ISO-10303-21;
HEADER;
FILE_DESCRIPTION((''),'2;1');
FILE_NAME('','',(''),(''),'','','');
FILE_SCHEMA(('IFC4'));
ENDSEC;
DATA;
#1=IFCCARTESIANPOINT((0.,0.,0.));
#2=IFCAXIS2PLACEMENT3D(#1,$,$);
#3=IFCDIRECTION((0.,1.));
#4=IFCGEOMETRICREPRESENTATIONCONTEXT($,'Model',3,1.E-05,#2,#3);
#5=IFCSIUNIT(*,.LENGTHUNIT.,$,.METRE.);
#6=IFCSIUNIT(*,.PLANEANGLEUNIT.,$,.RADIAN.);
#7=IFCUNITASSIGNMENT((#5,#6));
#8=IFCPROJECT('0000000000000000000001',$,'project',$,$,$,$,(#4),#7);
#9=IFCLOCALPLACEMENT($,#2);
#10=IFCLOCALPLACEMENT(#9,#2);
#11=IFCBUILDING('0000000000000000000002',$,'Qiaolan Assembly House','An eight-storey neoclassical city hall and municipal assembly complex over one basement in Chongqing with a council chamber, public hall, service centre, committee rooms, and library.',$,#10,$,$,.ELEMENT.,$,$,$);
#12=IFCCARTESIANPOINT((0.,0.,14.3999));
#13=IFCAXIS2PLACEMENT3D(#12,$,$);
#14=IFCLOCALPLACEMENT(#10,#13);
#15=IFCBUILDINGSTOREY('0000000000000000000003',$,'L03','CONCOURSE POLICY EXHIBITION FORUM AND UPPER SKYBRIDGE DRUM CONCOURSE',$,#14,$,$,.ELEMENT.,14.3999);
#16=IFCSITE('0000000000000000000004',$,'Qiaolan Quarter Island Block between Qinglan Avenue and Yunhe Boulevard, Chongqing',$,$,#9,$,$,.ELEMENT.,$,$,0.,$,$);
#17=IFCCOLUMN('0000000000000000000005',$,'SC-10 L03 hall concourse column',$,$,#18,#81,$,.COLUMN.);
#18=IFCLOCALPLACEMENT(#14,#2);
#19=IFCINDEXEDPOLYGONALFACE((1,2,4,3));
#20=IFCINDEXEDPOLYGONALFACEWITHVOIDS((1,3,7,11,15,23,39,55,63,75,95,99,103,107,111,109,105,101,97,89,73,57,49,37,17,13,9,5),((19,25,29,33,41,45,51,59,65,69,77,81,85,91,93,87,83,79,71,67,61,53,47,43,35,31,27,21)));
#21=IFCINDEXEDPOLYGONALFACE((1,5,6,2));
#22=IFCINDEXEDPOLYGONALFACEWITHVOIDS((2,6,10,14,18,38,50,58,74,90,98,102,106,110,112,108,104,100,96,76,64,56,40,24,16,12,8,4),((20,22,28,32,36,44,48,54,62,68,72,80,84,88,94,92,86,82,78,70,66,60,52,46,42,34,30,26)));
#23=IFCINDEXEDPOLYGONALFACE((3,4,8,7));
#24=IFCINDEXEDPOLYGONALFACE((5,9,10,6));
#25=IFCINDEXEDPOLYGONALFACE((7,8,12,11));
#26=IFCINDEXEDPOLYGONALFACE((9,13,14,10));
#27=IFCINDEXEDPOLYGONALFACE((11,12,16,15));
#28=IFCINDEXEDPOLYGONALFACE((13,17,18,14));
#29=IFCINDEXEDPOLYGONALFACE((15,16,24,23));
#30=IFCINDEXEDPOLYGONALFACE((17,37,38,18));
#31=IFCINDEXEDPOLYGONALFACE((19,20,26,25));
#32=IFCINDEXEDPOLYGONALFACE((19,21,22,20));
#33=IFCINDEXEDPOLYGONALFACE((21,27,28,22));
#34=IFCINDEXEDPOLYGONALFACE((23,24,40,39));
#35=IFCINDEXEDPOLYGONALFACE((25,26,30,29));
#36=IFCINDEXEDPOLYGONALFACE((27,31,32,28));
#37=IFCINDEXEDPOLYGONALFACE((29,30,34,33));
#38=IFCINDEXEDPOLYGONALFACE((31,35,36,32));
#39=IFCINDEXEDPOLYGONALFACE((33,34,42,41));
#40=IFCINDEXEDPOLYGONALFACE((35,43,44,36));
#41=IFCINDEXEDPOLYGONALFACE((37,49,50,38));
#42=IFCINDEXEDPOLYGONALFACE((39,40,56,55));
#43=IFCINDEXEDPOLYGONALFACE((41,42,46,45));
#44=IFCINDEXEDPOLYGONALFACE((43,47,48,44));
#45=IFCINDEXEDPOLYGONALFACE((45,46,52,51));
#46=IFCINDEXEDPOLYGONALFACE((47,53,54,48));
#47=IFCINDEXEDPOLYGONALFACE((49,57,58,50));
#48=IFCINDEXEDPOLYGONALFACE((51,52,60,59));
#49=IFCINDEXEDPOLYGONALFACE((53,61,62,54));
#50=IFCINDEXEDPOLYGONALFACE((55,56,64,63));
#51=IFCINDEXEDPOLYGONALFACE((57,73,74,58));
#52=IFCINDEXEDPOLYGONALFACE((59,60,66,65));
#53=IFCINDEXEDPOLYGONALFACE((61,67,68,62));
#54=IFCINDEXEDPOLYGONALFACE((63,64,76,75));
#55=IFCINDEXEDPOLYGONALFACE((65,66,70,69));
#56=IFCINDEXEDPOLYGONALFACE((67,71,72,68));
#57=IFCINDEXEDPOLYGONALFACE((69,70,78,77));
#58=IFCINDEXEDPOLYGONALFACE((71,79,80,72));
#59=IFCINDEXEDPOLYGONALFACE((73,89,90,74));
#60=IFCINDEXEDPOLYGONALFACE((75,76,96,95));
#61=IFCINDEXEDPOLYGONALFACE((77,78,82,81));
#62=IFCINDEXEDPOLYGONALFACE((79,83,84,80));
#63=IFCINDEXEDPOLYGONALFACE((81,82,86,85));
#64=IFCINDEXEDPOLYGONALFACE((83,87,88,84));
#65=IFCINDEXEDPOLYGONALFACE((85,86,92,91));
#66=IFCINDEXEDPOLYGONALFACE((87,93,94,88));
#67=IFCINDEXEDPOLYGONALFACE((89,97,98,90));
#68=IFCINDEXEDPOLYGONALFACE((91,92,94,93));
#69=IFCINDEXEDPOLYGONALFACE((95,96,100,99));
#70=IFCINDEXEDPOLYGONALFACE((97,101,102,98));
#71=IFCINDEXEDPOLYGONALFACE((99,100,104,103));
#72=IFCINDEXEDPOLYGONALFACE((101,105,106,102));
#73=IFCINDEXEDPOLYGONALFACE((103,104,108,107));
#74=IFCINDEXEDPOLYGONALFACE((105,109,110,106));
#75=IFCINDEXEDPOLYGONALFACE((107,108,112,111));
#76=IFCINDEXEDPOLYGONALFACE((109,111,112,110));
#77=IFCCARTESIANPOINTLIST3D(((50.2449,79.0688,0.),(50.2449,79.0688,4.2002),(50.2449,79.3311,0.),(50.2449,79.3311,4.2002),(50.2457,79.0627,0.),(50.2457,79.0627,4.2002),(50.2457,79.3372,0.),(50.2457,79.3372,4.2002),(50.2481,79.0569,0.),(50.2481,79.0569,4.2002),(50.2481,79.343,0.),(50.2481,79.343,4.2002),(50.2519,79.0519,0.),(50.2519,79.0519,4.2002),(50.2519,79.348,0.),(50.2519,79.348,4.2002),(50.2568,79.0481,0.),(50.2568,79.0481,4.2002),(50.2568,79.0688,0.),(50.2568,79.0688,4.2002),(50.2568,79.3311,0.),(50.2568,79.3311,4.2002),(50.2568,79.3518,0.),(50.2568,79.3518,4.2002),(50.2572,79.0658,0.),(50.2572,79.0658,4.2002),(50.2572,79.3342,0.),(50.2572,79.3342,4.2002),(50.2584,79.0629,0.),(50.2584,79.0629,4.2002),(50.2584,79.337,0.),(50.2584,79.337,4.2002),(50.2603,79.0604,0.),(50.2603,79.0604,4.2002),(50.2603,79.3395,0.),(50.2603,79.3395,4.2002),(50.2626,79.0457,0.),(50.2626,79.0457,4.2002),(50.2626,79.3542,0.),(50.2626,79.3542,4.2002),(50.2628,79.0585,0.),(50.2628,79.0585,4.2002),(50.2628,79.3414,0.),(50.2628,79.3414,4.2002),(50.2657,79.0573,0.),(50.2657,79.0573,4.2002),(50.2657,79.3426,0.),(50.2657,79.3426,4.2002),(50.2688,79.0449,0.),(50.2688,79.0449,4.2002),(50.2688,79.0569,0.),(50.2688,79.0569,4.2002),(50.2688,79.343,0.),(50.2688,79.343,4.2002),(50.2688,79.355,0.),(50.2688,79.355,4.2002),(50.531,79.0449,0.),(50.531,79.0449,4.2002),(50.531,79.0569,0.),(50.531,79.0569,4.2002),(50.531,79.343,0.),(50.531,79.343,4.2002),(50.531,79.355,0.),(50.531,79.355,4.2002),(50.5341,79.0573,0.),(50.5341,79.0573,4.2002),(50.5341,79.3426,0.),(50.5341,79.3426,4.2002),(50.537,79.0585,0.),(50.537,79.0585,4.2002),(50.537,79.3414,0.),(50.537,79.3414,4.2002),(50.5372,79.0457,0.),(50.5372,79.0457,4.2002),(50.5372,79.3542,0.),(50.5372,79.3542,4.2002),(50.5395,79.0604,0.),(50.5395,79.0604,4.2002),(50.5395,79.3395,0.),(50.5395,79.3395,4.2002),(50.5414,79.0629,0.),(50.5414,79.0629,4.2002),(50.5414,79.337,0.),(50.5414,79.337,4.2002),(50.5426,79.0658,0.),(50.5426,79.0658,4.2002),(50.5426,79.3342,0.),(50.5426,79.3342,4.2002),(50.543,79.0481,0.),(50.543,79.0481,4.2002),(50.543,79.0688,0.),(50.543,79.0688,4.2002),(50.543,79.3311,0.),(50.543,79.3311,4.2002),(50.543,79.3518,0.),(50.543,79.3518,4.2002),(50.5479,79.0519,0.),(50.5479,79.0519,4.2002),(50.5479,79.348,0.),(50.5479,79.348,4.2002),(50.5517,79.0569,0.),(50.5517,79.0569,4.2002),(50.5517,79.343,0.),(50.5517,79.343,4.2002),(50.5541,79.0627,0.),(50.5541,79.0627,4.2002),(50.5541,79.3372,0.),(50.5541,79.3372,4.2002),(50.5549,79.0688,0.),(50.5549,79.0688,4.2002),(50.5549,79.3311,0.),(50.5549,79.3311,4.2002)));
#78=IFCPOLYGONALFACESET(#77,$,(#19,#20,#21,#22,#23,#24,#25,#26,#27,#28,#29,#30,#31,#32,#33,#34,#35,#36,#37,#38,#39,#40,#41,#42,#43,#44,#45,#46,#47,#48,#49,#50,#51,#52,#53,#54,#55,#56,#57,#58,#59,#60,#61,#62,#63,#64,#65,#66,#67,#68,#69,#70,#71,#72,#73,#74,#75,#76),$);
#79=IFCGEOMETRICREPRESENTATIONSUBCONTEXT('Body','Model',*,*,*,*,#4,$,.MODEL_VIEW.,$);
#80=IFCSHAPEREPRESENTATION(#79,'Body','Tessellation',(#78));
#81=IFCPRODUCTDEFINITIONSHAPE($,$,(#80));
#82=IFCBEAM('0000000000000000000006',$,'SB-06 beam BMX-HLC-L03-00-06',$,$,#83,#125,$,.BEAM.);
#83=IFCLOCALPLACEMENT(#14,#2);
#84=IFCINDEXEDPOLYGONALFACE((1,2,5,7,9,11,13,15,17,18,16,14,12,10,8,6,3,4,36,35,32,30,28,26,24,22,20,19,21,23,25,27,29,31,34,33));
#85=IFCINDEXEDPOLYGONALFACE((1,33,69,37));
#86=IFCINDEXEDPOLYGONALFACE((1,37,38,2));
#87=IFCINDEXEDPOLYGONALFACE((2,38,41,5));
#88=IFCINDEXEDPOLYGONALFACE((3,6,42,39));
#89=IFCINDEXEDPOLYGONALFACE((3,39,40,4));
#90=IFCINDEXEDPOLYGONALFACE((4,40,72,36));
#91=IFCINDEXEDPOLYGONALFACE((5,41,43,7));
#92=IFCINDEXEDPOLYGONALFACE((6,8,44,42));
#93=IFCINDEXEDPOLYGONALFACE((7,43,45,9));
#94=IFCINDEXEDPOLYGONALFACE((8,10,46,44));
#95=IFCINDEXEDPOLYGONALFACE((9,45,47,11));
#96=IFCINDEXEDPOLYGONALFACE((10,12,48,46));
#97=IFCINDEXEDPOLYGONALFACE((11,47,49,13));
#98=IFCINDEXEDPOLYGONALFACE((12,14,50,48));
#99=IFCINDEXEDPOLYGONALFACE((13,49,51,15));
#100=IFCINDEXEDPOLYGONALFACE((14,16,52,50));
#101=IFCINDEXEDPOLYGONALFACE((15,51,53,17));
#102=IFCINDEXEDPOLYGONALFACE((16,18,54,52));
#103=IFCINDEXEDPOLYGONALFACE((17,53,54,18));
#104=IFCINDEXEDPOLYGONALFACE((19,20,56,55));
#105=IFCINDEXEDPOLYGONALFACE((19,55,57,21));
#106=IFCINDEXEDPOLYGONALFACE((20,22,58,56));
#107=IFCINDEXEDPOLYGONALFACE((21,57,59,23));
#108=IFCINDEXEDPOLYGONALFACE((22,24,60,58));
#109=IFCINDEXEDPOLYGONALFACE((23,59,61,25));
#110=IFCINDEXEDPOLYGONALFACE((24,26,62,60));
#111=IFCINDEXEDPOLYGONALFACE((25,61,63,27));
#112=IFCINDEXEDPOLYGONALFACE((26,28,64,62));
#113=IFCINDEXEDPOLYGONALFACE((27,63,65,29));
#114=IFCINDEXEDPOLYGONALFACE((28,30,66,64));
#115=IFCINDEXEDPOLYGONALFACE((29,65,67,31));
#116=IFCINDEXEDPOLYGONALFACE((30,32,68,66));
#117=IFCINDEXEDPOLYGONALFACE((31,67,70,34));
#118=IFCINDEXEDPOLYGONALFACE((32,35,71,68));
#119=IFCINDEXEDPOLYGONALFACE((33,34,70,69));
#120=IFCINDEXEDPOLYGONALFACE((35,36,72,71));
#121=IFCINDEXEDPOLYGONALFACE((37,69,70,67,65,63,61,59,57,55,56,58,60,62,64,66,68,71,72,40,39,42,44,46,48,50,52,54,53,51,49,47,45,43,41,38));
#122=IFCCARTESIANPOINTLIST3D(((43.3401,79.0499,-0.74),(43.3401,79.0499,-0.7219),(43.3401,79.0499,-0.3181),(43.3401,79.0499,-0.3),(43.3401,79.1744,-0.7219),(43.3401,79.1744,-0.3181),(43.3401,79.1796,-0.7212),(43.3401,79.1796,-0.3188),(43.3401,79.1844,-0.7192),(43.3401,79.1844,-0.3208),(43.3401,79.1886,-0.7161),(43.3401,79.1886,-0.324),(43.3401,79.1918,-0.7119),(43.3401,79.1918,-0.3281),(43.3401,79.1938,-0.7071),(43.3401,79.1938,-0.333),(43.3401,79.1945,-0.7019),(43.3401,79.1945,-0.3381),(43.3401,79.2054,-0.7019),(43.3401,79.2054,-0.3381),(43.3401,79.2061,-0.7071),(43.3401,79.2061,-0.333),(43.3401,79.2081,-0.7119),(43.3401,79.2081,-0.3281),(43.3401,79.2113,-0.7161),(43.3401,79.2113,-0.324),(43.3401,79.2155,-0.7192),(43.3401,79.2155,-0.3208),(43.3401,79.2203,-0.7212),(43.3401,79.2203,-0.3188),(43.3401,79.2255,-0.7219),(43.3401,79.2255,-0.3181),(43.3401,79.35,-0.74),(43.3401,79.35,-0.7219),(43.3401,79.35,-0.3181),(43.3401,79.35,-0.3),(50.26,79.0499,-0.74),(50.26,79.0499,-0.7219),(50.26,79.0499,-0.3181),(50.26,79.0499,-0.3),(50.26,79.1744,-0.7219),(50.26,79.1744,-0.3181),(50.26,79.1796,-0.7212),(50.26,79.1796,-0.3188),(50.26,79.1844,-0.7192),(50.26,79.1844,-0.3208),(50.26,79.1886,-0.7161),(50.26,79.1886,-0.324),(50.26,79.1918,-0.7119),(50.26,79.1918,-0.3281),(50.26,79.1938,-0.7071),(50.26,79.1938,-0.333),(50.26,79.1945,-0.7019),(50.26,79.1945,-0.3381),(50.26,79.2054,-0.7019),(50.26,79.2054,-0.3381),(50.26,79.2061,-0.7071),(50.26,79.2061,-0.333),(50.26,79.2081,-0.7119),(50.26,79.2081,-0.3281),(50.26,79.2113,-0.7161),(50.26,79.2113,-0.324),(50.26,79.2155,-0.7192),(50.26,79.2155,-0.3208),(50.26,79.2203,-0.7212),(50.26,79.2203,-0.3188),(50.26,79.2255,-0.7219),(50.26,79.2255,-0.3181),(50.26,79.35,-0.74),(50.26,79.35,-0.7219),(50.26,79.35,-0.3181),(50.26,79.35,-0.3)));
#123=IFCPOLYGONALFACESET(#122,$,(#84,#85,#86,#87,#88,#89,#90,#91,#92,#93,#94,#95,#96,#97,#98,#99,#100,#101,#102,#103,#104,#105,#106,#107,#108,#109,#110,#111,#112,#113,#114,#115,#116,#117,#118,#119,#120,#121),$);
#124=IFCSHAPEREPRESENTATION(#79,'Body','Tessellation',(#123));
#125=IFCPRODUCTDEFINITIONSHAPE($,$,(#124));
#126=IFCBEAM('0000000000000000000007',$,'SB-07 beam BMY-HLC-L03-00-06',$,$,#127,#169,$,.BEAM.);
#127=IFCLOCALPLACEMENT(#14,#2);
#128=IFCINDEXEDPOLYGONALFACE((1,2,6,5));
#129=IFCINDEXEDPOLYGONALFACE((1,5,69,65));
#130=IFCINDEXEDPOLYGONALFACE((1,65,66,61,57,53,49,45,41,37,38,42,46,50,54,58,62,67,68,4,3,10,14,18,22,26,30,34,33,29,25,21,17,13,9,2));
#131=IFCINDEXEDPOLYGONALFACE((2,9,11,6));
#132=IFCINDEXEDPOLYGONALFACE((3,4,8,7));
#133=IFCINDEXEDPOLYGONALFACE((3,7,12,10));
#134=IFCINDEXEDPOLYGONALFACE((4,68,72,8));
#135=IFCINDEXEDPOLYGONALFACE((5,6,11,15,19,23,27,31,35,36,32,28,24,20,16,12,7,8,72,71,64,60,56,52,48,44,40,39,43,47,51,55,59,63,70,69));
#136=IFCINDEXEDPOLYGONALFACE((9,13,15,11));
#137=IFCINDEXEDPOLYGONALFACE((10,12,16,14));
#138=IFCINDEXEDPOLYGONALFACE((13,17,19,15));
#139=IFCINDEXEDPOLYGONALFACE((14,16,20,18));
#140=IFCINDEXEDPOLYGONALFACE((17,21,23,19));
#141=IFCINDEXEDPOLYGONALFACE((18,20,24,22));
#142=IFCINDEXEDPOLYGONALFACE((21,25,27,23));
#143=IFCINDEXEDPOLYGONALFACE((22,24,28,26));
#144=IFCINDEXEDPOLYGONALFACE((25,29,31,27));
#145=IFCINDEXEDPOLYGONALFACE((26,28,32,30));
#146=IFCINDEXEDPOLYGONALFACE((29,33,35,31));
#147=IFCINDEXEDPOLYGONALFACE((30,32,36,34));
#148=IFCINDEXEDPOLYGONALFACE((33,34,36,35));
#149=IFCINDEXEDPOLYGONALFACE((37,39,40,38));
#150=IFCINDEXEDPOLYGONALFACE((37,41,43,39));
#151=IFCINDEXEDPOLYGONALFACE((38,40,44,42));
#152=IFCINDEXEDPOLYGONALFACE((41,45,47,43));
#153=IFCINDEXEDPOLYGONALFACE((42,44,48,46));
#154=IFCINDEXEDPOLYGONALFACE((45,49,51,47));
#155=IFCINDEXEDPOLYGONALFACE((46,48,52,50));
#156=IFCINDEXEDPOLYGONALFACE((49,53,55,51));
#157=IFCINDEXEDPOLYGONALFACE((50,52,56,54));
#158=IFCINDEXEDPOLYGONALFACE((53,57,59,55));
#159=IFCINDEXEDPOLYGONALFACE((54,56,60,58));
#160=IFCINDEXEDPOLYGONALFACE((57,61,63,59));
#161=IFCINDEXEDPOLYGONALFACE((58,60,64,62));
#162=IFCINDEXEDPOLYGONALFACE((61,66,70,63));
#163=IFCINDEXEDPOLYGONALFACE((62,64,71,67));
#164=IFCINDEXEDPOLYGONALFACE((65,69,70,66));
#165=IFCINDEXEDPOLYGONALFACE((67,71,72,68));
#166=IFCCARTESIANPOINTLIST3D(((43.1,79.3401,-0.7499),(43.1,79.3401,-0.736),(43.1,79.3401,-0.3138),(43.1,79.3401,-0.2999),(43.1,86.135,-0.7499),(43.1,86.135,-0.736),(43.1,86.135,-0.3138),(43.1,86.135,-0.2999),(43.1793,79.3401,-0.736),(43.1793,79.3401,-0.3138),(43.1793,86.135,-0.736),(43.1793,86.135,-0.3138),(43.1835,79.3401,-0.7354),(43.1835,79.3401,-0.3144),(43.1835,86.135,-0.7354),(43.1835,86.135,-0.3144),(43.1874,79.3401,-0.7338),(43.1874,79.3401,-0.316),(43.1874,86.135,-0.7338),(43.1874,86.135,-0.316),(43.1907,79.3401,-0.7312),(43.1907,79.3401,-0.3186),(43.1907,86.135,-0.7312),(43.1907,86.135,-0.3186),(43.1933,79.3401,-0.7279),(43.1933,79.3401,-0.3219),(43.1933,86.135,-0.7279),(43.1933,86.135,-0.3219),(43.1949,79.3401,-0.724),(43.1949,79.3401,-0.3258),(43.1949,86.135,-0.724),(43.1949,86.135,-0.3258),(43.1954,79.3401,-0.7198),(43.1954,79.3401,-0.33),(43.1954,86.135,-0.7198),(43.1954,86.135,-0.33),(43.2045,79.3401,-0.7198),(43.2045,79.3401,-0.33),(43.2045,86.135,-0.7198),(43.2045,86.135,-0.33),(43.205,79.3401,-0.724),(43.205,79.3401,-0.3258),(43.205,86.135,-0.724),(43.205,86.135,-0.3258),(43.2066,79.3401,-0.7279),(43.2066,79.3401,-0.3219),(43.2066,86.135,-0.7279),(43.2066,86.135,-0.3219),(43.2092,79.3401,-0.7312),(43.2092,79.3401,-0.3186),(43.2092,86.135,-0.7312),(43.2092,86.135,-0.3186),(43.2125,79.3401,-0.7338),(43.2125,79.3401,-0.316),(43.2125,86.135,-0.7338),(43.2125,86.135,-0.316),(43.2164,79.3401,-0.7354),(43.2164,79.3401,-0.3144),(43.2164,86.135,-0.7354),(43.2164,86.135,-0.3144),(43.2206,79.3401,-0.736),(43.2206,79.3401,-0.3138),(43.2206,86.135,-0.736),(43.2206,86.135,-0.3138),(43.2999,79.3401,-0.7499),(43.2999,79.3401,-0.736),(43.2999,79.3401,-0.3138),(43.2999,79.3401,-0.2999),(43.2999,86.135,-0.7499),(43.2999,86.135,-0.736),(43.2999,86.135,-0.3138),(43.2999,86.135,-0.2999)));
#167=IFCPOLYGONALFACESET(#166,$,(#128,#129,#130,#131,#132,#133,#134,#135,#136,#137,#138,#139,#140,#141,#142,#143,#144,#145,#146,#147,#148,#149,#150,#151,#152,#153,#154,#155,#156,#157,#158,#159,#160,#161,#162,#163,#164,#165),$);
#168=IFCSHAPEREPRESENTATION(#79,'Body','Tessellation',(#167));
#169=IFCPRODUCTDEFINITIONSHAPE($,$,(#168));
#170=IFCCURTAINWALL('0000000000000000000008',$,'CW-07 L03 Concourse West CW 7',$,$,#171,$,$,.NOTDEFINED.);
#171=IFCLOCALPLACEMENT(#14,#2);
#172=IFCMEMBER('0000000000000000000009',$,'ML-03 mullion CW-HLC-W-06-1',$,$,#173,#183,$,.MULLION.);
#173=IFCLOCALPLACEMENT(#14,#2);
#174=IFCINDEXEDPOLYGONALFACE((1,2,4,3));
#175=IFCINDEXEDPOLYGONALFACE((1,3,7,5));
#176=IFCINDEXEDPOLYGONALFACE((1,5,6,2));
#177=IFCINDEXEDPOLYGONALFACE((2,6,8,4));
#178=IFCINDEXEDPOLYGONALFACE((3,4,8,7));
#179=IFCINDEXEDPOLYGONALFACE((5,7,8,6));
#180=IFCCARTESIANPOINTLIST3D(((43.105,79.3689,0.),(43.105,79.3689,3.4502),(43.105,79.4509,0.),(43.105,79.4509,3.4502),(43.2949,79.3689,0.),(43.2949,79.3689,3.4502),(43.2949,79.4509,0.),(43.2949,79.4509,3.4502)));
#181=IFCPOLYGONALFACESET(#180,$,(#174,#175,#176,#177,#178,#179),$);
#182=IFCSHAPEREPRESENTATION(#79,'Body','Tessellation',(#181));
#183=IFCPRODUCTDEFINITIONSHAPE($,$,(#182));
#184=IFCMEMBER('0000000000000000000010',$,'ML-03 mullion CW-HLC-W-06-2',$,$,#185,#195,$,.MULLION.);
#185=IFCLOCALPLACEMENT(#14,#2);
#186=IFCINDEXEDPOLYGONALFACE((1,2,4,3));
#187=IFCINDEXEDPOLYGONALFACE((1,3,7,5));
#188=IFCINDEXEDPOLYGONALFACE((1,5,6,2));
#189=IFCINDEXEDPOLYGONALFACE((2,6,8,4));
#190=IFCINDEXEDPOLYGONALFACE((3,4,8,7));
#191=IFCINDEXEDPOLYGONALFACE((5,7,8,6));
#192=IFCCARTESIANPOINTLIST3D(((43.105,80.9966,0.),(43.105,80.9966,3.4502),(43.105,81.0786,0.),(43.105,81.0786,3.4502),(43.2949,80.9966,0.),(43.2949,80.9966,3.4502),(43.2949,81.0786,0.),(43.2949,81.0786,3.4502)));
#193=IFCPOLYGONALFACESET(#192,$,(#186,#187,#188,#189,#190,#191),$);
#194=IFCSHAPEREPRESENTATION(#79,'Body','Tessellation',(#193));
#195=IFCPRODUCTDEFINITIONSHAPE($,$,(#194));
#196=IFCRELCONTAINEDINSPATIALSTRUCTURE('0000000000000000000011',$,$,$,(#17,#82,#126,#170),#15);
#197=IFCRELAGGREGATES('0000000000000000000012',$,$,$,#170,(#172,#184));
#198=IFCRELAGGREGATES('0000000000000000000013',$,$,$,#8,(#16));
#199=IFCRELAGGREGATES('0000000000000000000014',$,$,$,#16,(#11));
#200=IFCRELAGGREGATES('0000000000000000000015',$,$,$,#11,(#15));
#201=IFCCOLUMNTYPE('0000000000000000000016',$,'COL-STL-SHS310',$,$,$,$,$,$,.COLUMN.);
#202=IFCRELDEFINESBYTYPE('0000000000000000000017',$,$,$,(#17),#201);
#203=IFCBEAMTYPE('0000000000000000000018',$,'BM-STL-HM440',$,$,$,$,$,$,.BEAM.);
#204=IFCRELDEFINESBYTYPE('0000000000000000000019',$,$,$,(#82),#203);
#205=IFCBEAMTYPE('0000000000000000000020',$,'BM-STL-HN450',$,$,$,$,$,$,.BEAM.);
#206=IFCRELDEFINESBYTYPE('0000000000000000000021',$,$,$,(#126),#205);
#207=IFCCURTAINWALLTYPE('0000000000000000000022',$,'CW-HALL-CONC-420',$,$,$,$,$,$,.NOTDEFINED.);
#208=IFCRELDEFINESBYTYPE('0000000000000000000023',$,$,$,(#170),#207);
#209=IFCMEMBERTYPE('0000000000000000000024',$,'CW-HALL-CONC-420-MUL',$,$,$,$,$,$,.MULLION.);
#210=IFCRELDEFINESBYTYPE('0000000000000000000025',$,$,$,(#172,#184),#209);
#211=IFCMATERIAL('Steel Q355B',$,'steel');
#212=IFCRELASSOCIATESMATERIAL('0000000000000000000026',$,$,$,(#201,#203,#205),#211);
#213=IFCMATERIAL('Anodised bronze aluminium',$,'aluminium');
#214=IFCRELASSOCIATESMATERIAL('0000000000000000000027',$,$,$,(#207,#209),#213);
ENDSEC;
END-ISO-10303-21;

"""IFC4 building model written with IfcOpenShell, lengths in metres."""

from ifc_helpers import new_model, si_unit, direction, frame, origin, origin_2d, place, context, subcontext, project, spatial, rectangle, hollow_rectangle, i_section, extrude, material, material_profile, profile_set, type_object, element, aggregate, save


model = new_model("IFC4")

# Units and contexts
model_context = context("Model", 3, precision=1e-05, world=origin(), true_north=direction((0.0, 1.0)))
body_context = subcontext(model_context, "Body", "Model", "MODEL_VIEW")
ifc_project = project(units=[si_unit("LENGTHUNIT", "METRE"), si_unit("PLANEANGLEUNIT", "RADIAN")], contexts=[model_context])

# Site, building, storey
site_placement = place(None, origin())
site = spatial("IfcSite", under=ifc_project, at=site_placement, Name="Qiaolan Quarter Island Block between Qinglan Avenue and Yunhe Boulevard, Chongqing", CompositionType="ELEMENT", RefElevation=0.0)
building_placement = place(site_placement, origin())
building = spatial("IfcBuilding", under=site, at=building_placement, Name="Qiaolan Assembly House", Description="An eight-storey neoclassical city hall and municipal assembly complex over one basement in Chongqing with a council chamber, public hall, service centre, committee rooms, and library.", CompositionType="ELEMENT")
storey_placement = place(building_placement, frame((0.0, 0.0, 14.3999)))
storey = spatial("IfcBuildingStorey", under=building, at=storey_placement, Name="L03", Description="CONCOURSE POLICY EXHIBITION FORUM AND UPPER SKYBRIDGE DRUM CONCOURSE", CompositionType="ELEMENT", Elevation=14.3999)

# Column
ifc_material_1 = material(Name="Steel Q355B", Category="steel")
ifc_material_profile_1 = material_profile(ifc_material_1, hollow_rectangle(XDim=0.3101, YDim=0.3101, WallThickness=0.012, InnerFilletRadius=0.012, OuterFilletRadius=0.0239, at=origin_2d()), Name="SHS 310x310x12")
ifc_profile_set_1 = profile_set([ifc_material_profile_1], Name="Steel Q355B")
column_type = type_object("IfcColumnType", Name="COL-STL-SHS310", PredefinedType="COLUMN", material=ifc_profile_set_1)
column_placement = place(storey_placement, frame((50.3999, 79.2, 0.0), z_axis=(0.0, 0.0, 1.0), x_axis=(1.0, 0.0, 0.0)))
element("IfcColumn", 1, at=column_placement, inside=storey, type_object=column_type, Name="SC-10 L03 hall concourse column", PredefinedType="COLUMN", context=body_context, shape_type="SweptSolid", body=[
    extrude(hollow_rectangle(XDim=0.3101, YDim=0.3101, WallThickness=0.012, InnerFilletRadius=0.012, OuterFilletRadius=0.0239, at=origin_2d()), origin(), (0.0, 0.0, 1.0), 4.2002),
])

# Beams
ifc_material_profile_2 = material_profile(ifc_material_1, i_section(OverallWidth=0.3, OverallDepth=0.4399, WebThickness=0.011, FlangeThickness=0.0181, FilletRadius=0.02, at=origin_2d()), Name="HM 440x300x11x18")
ifc_profile_set_2 = profile_set([ifc_material_profile_2], Name="Steel Q355B")
beam_type_1 = type_object("IfcBeamType", Name="BM-STL-HM440", PredefinedType="BEAM", material=ifc_profile_set_2)
beam_1_placement = place(storey_placement, frame((43.3401, 79.2, -0.52), z_axis=(1.0, 0.0, 0.0), x_axis=(0.0, 1.0, 0.0)))
element("IfcBeam", 2, at=beam_1_placement, inside=storey, type_object=beam_type_1, Name="SB-06 beam BMX-HLC-L03-00-06", PredefinedType="BEAM", context=body_context, shape_type="SweptSolid", body=[
    extrude(i_section(OverallWidth=0.3, OverallDepth=0.4399, WebThickness=0.011, FlangeThickness=0.0181, FilletRadius=0.02, at=origin_2d()), origin(), (0.0, 0.0, 1.0), 6.9199),
])
ifc_material_profile_3 = material_profile(ifc_material_1, i_section(OverallWidth=0.2, OverallDepth=0.45, WebThickness=0.009, FlangeThickness=0.0139, FilletRadius=0.0161, at=origin_2d()), Name="HN 450x200x9x14")
ifc_profile_set_3 = profile_set([ifc_material_profile_3], Name="Steel Q355B")
beam_type_2 = type_object("IfcBeamType", Name="BM-STL-HN450", PredefinedType="BEAM", material=ifc_profile_set_3)
beam_2_placement = place(storey_placement, frame((43.2, 79.3401, -0.5249), z_axis=(0.0, 1.0, 0.0), x_axis=(-1.0, 0.0, 0.0)))
element("IfcBeam", 3, at=beam_2_placement, inside=storey, type_object=beam_type_2, Name="SB-07 beam BMY-HLC-L03-00-06", PredefinedType="BEAM", context=body_context, shape_type="SweptSolid", body=[
    extrude(i_section(OverallWidth=0.2, OverallDepth=0.45, WebThickness=0.009, FlangeThickness=0.0139, FilletRadius=0.0161, at=origin_2d()), origin(), (0.0, 0.0, 1.0), 6.7949),
])

# Curtain wall, members
ifc_material_2 = material(Name="Anodised bronze aluminium", Category="aluminium")
curtain_wall_type = type_object("IfcCurtainWallType", Name="CW-HALL-CONC-420", PredefinedType="NOTDEFINED", material=ifc_material_2)
curtain_wall_placement = place(storey_placement, origin())
curtain_wall = element("IfcCurtainWall", 4, at=curtain_wall_placement, inside=storey, type_object=curtain_wall_type, Name="CW-07 L03 Concourse West CW 7", PredefinedType="NOTDEFINED")
ifc_material_profile_4 = material_profile(ifc_material_2, rectangle(XDim=0.082, YDim=0.1899, at=origin_2d()), Name="MUL 82x190")
ifc_profile_set_4 = profile_set([ifc_material_profile_4], Name="Anodised bronze aluminium")
member_type_1 = type_object("IfcMemberType", Name="CW-HALL-CONC-420-MUL", PredefinedType="MULLION", material=ifc_profile_set_4)
member_1_placement = place(storey_placement, frame((43.2, 79.4099, 0.0), z_axis=(0.0, 0.0, 1.0), x_axis=(0.0, 1.0, 0.0)))
member_1 = element("IfcMember", 5, at=member_1_placement, type_object=member_type_1, Name="ML-03 mullion CW-HLC-W-06-1", PredefinedType="MULLION", context=body_context, shape_type="SweptSolid", body=[
    extrude(rectangle(XDim=0.082, YDim=0.1899, at=origin_2d()), origin(), (0.0, 0.0, 1.0), 3.4502),
])
member_2_placement = place(storey_placement, frame((43.2, 81.0376, 0.0), z_axis=(0.0, 0.0, 1.0), x_axis=(0.0, 1.0, 0.0)))
member_2 = element("IfcMember", 6, at=member_2_placement, type_object=member_type_1, Name="ML-03 mullion CW-HLC-W-06-2", PredefinedType="MULLION", context=body_context, shape_type="SweptSolid", body=[
    extrude(rectangle(XDim=0.082, YDim=0.1899, at=origin_2d()), origin(), (0.0, 0.0, 1.0), 3.4502),
])

aggregate(curtain_wall, [member_1, member_2])

save(model, "model.ifc")
